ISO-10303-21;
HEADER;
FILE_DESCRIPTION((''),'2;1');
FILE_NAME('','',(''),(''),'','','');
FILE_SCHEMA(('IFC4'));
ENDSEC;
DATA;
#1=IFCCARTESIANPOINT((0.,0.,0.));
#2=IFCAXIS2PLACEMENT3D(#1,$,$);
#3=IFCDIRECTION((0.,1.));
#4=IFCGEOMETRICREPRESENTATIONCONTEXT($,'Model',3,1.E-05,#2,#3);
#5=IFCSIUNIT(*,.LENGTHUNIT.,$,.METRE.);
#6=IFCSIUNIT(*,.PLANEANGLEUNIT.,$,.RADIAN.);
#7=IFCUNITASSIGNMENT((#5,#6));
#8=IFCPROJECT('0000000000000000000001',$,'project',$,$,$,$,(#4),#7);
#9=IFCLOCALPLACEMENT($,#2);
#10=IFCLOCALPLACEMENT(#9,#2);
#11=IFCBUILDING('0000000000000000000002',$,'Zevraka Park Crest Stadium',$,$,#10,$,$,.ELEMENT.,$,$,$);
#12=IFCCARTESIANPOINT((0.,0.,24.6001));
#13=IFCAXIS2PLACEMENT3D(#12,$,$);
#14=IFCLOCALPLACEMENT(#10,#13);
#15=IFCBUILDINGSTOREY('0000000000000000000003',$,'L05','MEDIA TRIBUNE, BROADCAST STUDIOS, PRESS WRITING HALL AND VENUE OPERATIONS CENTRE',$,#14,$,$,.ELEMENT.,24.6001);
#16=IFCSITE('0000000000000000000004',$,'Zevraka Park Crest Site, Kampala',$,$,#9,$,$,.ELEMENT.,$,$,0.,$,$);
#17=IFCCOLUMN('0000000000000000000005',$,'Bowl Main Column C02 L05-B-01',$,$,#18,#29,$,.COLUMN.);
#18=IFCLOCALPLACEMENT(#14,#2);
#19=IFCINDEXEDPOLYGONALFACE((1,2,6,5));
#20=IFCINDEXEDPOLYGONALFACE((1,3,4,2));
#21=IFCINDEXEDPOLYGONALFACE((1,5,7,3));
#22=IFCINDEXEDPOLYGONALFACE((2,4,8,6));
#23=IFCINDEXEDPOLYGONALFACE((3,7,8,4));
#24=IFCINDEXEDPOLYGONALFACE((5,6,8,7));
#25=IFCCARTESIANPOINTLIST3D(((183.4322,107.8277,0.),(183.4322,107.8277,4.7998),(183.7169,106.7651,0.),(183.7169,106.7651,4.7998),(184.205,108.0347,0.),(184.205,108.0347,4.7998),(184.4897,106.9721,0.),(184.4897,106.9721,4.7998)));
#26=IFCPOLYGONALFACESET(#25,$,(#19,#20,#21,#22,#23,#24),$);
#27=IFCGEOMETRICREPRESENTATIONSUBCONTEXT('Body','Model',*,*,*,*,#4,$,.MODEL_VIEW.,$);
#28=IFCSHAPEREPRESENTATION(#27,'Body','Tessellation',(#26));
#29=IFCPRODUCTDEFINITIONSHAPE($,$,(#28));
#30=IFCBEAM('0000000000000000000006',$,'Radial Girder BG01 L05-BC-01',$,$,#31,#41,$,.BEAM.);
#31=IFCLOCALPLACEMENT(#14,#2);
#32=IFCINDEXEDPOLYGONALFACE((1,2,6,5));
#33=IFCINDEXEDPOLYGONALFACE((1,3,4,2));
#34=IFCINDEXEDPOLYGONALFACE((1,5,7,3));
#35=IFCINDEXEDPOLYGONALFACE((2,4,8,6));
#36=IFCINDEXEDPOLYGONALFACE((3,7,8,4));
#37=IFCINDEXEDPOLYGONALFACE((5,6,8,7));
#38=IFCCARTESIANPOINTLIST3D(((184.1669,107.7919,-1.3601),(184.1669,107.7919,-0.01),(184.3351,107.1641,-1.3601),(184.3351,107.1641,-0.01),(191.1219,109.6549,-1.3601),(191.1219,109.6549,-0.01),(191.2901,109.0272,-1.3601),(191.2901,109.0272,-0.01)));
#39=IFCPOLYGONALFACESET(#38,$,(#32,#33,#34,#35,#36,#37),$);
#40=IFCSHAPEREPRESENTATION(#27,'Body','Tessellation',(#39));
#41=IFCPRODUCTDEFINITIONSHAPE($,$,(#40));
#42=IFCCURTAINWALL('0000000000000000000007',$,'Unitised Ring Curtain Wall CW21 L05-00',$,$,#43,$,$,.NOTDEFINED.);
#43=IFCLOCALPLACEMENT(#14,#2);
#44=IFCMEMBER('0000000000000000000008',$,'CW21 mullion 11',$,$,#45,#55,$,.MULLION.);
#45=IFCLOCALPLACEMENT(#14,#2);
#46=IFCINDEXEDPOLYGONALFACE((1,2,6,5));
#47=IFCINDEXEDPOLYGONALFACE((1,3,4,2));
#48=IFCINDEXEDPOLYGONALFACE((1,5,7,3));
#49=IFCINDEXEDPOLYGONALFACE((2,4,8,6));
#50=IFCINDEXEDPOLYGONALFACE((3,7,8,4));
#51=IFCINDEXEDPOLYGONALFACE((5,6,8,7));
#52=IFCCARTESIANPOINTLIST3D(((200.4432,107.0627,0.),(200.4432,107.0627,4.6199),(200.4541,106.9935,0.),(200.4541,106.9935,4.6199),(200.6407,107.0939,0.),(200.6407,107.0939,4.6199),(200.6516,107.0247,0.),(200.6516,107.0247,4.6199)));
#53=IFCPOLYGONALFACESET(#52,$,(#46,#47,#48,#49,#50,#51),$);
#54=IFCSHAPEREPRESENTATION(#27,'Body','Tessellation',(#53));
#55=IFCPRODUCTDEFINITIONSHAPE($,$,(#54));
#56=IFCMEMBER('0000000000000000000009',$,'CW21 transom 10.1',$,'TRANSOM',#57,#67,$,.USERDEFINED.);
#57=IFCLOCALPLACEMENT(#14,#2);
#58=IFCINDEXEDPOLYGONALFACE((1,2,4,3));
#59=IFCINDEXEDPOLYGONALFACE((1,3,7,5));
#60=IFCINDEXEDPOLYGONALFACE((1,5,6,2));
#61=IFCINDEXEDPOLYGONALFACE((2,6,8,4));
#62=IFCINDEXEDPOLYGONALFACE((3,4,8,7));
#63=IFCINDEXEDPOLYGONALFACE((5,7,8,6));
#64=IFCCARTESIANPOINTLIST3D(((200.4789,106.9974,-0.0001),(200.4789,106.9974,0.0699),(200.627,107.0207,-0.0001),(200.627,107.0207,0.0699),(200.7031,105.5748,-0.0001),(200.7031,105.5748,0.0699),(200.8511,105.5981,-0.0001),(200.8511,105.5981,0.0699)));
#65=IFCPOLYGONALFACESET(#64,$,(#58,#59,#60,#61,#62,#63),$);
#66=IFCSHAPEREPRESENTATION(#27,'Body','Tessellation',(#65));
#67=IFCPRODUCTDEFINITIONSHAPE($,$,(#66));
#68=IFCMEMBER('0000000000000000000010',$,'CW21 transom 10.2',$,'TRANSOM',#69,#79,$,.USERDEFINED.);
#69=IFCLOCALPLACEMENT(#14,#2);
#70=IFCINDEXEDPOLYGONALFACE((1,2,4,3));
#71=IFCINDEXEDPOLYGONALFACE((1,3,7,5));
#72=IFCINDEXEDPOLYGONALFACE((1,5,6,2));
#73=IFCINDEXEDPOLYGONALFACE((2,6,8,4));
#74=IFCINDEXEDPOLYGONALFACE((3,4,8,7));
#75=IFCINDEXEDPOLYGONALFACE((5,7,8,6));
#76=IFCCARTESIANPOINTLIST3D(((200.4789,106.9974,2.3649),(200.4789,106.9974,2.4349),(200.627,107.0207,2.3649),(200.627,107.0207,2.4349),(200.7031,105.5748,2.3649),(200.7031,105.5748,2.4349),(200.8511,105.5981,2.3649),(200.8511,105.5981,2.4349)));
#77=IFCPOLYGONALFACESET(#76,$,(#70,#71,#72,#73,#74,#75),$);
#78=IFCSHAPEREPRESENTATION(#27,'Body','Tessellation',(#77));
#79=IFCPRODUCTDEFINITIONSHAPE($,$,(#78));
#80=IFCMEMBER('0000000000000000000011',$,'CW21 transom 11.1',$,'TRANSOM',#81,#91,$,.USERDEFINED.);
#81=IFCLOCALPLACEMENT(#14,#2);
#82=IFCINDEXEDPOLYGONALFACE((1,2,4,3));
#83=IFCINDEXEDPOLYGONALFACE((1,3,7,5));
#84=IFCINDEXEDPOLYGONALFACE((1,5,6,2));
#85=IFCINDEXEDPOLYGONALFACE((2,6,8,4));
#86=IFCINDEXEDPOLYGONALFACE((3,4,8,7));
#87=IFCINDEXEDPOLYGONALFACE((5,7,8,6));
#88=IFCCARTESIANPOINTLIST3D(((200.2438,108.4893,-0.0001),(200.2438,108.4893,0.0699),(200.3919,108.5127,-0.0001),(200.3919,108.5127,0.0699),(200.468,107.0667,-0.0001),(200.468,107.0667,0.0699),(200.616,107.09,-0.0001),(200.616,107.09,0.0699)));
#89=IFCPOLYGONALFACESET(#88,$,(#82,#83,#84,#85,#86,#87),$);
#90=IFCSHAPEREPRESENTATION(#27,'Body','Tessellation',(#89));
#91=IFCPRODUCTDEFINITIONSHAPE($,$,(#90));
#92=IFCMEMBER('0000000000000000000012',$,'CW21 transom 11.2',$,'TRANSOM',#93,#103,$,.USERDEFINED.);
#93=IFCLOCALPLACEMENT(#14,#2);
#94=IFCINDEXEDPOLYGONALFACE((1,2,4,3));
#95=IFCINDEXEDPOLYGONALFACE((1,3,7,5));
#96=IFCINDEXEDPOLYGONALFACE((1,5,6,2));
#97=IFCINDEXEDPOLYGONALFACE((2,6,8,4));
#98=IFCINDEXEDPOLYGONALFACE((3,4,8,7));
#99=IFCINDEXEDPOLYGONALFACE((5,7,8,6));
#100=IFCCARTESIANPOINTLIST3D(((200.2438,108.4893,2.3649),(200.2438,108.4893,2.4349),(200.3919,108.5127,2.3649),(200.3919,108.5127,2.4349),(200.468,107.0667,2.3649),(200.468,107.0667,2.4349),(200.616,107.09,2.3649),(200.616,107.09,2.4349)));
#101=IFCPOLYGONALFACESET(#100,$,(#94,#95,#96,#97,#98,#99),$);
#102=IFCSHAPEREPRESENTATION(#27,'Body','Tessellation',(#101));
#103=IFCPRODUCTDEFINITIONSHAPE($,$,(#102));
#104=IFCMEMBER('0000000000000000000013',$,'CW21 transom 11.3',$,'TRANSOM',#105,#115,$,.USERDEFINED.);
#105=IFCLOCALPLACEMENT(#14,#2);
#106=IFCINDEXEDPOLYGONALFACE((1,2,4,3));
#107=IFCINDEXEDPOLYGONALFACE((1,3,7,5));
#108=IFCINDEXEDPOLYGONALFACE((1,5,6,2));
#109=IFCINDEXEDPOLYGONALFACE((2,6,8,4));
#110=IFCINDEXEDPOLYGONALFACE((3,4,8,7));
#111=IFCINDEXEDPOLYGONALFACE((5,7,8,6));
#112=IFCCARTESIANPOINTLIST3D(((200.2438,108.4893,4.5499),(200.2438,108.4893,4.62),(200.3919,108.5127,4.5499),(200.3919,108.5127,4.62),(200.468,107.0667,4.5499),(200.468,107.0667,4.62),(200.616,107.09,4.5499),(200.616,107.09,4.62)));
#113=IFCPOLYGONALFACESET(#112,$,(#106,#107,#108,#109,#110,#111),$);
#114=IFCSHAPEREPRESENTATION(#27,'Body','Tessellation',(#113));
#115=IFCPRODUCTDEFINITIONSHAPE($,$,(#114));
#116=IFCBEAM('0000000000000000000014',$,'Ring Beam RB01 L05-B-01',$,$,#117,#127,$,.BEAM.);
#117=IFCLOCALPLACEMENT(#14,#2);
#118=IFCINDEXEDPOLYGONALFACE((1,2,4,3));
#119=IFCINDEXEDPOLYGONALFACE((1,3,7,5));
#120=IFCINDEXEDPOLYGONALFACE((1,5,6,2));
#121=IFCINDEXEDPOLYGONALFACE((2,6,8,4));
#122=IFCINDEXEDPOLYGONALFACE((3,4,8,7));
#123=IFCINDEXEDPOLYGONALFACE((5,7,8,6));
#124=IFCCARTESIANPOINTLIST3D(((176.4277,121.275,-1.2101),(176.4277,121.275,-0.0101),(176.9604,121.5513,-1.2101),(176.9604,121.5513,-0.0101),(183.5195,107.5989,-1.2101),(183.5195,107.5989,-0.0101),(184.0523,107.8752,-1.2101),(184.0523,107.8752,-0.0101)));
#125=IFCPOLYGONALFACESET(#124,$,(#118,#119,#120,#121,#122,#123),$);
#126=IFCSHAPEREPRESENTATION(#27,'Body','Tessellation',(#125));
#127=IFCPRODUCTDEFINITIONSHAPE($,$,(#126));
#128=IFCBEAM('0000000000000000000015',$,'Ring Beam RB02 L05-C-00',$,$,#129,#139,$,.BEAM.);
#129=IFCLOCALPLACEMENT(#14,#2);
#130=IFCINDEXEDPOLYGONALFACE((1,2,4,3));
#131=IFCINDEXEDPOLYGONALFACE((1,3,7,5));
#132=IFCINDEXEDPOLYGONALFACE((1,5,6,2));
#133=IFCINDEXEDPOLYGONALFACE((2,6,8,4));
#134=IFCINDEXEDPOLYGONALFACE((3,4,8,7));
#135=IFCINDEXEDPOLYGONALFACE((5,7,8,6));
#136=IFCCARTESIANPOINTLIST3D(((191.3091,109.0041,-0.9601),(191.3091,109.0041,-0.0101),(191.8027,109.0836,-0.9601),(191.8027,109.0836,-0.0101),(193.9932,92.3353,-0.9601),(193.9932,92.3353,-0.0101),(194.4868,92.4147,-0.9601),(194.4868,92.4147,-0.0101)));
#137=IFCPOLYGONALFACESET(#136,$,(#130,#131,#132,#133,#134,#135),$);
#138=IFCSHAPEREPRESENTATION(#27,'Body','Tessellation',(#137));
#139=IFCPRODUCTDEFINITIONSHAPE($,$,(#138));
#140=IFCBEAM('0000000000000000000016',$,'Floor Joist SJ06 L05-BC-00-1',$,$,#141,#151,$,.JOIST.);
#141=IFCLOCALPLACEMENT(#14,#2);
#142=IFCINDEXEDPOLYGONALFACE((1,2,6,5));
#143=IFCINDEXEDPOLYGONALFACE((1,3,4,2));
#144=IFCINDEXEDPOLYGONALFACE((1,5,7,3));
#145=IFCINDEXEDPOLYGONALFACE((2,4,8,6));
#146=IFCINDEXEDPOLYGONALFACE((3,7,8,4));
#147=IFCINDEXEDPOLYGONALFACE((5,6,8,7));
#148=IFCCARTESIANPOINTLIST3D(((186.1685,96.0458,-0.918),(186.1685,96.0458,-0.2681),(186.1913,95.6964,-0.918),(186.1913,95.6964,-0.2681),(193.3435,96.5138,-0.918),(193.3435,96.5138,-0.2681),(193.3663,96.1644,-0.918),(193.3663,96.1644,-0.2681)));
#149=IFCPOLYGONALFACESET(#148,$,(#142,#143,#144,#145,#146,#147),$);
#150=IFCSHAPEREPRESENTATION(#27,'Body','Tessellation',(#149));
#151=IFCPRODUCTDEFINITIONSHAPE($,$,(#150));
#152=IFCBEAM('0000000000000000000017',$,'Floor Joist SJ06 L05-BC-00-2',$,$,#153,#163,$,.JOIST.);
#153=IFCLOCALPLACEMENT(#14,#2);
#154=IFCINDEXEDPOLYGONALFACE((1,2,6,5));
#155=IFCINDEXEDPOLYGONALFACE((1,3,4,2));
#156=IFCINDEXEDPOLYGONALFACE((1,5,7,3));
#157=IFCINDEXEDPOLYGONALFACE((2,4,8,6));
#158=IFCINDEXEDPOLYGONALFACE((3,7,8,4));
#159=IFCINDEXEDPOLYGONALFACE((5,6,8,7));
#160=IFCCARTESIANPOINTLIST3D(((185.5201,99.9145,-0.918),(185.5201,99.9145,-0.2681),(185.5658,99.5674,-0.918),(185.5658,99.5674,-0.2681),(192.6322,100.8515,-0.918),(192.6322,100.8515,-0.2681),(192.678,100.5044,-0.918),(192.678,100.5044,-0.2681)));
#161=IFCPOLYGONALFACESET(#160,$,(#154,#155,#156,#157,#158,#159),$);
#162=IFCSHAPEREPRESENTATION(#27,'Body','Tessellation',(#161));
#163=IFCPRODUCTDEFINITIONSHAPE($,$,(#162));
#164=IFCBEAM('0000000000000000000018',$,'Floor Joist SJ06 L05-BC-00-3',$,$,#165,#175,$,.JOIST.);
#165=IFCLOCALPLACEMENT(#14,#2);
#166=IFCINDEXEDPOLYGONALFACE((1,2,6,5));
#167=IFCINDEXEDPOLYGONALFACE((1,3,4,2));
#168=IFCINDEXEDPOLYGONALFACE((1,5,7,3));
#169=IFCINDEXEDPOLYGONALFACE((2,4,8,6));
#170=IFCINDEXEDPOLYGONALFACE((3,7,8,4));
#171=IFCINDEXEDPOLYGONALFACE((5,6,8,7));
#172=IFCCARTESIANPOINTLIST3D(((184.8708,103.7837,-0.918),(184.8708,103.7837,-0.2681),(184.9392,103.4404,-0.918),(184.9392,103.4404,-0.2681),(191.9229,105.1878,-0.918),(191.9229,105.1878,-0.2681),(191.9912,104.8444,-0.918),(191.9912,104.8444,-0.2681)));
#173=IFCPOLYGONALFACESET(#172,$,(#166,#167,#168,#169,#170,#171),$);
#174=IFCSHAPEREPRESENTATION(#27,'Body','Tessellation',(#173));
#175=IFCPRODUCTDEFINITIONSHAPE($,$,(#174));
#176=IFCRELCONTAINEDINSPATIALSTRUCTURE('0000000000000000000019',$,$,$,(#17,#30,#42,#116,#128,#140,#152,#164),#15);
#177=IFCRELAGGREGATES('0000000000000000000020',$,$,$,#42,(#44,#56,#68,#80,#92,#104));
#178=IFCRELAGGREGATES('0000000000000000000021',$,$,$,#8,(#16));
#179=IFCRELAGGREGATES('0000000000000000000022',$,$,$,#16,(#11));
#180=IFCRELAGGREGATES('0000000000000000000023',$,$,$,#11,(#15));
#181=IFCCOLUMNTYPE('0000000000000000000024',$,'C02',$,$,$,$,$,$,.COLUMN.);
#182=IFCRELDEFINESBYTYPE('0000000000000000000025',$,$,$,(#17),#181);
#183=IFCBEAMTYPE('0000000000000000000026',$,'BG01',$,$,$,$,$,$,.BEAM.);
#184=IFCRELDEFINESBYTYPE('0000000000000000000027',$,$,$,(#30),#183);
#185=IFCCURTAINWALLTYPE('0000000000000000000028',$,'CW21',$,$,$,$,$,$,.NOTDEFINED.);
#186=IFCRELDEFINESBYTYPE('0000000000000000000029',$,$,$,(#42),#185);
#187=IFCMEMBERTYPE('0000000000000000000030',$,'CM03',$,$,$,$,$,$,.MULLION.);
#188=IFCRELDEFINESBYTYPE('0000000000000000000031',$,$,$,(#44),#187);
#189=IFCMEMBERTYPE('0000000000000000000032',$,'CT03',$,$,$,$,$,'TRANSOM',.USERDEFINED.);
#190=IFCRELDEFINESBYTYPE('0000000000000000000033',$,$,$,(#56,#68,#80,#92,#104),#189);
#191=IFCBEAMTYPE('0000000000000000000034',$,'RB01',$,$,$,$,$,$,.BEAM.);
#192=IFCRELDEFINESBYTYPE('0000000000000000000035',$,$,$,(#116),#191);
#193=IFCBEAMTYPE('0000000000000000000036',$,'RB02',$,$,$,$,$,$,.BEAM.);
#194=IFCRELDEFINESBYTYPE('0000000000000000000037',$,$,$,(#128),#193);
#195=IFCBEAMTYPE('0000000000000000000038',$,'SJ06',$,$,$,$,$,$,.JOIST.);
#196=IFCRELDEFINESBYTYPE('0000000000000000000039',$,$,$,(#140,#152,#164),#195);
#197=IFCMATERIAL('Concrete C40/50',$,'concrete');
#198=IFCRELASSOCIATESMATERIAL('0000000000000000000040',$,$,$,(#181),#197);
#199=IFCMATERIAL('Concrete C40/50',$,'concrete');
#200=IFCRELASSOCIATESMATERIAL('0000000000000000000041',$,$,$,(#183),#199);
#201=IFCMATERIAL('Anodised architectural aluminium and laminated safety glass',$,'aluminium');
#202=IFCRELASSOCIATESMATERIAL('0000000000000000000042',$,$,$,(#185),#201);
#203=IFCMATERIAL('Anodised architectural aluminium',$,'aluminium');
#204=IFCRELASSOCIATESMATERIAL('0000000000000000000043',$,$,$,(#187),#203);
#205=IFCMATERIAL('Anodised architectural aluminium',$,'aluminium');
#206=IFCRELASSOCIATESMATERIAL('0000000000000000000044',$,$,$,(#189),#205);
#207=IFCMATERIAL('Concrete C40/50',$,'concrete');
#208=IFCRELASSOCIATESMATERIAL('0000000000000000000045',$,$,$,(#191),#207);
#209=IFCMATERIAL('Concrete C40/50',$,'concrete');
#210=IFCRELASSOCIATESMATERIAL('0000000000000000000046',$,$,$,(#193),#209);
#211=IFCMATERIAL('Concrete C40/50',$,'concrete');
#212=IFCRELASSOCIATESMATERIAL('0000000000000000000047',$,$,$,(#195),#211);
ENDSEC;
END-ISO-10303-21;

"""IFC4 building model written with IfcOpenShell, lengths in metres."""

from ifc_helpers import new_model, si_unit, direction, frame, origin, origin_2d, place, context, subcontext, project, spatial, rectangle, extrude, material, material_profile, profile_set, type_object, element, aggregate, save


model = new_model("IFC4")

# Units and contexts
model_context = context("Model", 3, precision=1e-05, world=origin(), true_north=direction((0.0, 1.0)))
body_context = subcontext(model_context, "Body", "Model", "MODEL_VIEW")
ifc_project = project(units=[si_unit("LENGTHUNIT", "METRE"), si_unit("PLANEANGLEUNIT", "RADIAN")], contexts=[model_context])

# Site, building, storey
site_placement = place(None, origin())
site = spatial("IfcSite", under=ifc_project, at=site_placement, Name="Zevraka Park Crest Site, Kampala", CompositionType="ELEMENT", RefElevation=0.0)
building_placement = place(site_placement, origin())
building = spatial("IfcBuilding", under=site, at=building_placement, Name="Zevraka Park Crest Stadium", CompositionType="ELEMENT")
storey_placement = place(building_placement, frame((0.0, 0.0, 24.6001)))
storey = spatial("IfcBuildingStorey", under=building, at=storey_placement, Name="L05", Description="MEDIA TRIBUNE, BROADCAST STUDIOS, PRESS WRITING HALL AND VENUE OPERATIONS CENTRE", CompositionType="ELEMENT", Elevation=24.6001)

# Column
ifc_material_1 = material(Name="Concrete C40/50", Category="concrete")
ifc_material_profile_1 = material_profile(ifc_material_1, rectangle(XDim=0.8, YDim=1.1001, at=origin_2d()), Name="RC 1100x800")
ifc_profile_set_1 = profile_set([ifc_material_profile_1], Name="Concrete C40/50")
column_type = type_object("IfcColumnType", Name="C02", PredefinedType="COLUMN", material=ifc_profile_set_1)
column_placement = place(storey_placement, frame((183.9609, 107.3999, 0.0), z_axis=(0.0, 0.0, 1.0), x_axis=(0.965926, 0.258819, 0.0)))
element("IfcColumn", 1, at=column_placement, inside=storey, type_object=column_type, Name="Bowl Main Column C02 L05-B-01", PredefinedType="COLUMN", context=body_context, shape_type="SweptSolid", body=[
    extrude(rectangle(XDim=0.8, YDim=1.1001, at=origin_2d()), origin(), (0.0, 0.0, 1.0), 4.7998),
])

# Beam
ifc_material_2 = material(Name="Concrete C40/50", Category="concrete")
ifc_material_profile_2 = material_profile(ifc_material_2, rectangle(XDim=0.6499, YDim=1.3501, at=origin_2d()), Name="RC 1350x650")
ifc_profile_set_2 = profile_set([ifc_material_profile_2], Name="Concrete C40/50")
beam_type_1 = type_object("IfcBeamType", Name="BG01", PredefinedType="BEAM", material=ifc_profile_set_2)
beam_1_placement = place(storey_placement, frame((184.251, 107.478, -0.6851), z_axis=(0.965946, 0.258745, 0.0), x_axis=(-0.258745, 0.965946, 0.0)))
element("IfcBeam", 2, at=beam_1_placement, inside=storey, type_object=beam_type_1, Name="Radial Girder BG01 L05-BC-01", PredefinedType="BEAM", context=body_context, shape_type="SweptSolid", body=[
    extrude(rectangle(XDim=0.6499, YDim=1.3501, at=origin_2d()), origin(), (0.0, 0.0, 1.0), 7.2002),
])

# Curtain wall, members
ifc_material_3 = material(Name="Anodised architectural aluminium and laminated safety glass", Category="aluminium")
curtain_wall_type = type_object("IfcCurtainWallType", Name="CW21", PredefinedType="NOTDEFINED", material=ifc_material_3)
curtain_wall_placement = place(storey_placement, origin())
curtain_wall = element("IfcCurtainWall", 3, at=curtain_wall_placement, inside=storey, type_object=curtain_wall_type, Name="Unitised Ring Curtain Wall CW21 L05-00", PredefinedType="NOTDEFINED")
ifc_material_4 = material(Name="Anodised architectural aluminium", Category="aluminium")
ifc_material_profile_3 = material_profile(ifc_material_4, rectangle(XDim=0.2, YDim=0.0701, at=origin_2d()), Name="ALU MULLION 200x70")
ifc_profile_set_3 = profile_set([ifc_material_profile_3], Name="Anodised architectural aluminium")
member_type_1 = type_object("IfcMemberType", Name="CM03", PredefinedType="MULLION", material=ifc_profile_set_3)
member_1_placement = place(storey_placement, frame((200.5474, 107.0437, 0.0), z_axis=(0.0, 0.0, 1.0), x_axis=(-0.987803, -0.155711, 0.0)))
member_1 = element("IfcMember", 4, at=member_1_placement, type_object=member_type_1, Name="CW21 mullion 11", PredefinedType="MULLION", context=body_context, shape_type="SweptSolid", body=[
    extrude(rectangle(XDim=0.2, YDim=0.0701, at=origin_2d()), origin(), (0.0, 0.0, 1.0), 4.6199),
])
ifc_material_5 = material(Name="Anodised architectural aluminium", Category="aluminium")
ifc_material_profile_4 = material_profile(ifc_material_5, rectangle(XDim=0.1499, YDim=0.0701, at=origin_2d()), Name="ALU TRANSOM 150x70")
ifc_profile_set_4 = profile_set([ifc_material_profile_4], Name="Anodised architectural aluminium")
member_type_2 = type_object("IfcMemberType", Name="CT03", ElementType="TRANSOM", PredefinedType="USERDEFINED", material=ifc_profile_set_4)
member_2_placement = place(storey_placement, frame((200.7771, 105.5864, 0.0349), z_axis=(-0.155623, 0.987817, 0.0), x_axis=(-0.987817, -0.155623, 0.0)))
member_2 = element("IfcMember", 5, at=member_2_placement, type_object=member_type_2, Name="CW21 transom 10.1", ObjectType="TRANSOM", PredefinedType="USERDEFINED", context=body_context, shape_type="SweptSolid", body=[
    extrude(rectangle(XDim=0.1499, YDim=0.0701, at=origin_2d()), origin(), (0.0, 0.0, 1.0), 1.4402),
])
member_3_placement = place(storey_placement, frame((200.7771, 105.5864, 2.3999), z_axis=(-0.155623, 0.987817, 0.0), x_axis=(-0.987817, -0.155623, 0.0)))
member_3 = element("IfcMember", 6, at=member_3_placement, type_object=member_type_2, Name="CW21 transom 10.2", ObjectType="TRANSOM", PredefinedType="USERDEFINED", context=body_context, shape_type="SweptSolid", body=[
    extrude(rectangle(XDim=0.1499, YDim=0.0701, at=origin_2d()), origin(), (0.0, 0.0, 1.0), 1.4402),
])
member_4_placement = place(storey_placement, frame((200.542, 107.0784, 0.0349), z_axis=(-0.155623, 0.987817, 0.0), x_axis=(-0.987817, -0.155623, 0.0)))
member_4 = element("IfcMember", 7, at=member_4_placement, type_object=member_type_2, Name="CW21 transom 11.1", ObjectType="TRANSOM", PredefinedType="USERDEFINED", context=body_context, shape_type="SweptSolid", body=[
    extrude(rectangle(XDim=0.1499, YDim=0.0701, at=origin_2d()), origin(), (0.0, 0.0, 1.0), 1.4402),
])
member_5_placement = place(storey_placement, frame((200.542, 107.0784, 2.3999), z_axis=(-0.155623, 0.987817, 0.0), x_axis=(-0.987817, -0.155623, 0.0)))
member_5 = element("IfcMember", 8, at=member_5_placement, type_object=member_type_2, Name="CW21 transom 11.2", ObjectType="TRANSOM", PredefinedType="USERDEFINED", context=body_context, shape_type="SweptSolid", body=[
    extrude(rectangle(XDim=0.1499, YDim=0.0701, at=origin_2d()), origin(), (0.0, 0.0, 1.0), 1.4402),
])
member_6_placement = place(storey_placement, frame((200.542, 107.0784, 4.585), z_axis=(-0.155623, 0.987817, 0.0), x_axis=(-0.987817, -0.155623, 0.0)))
member_6 = element("IfcMember", 9, at=member_6_placement, type_object=member_type_2, Name="CW21 transom 11.3", ObjectType="TRANSOM", PredefinedType="USERDEFINED", context=body_context, shape_type="SweptSolid", body=[
    extrude(rectangle(XDim=0.1499, YDim=0.0701, at=origin_2d()), origin(), (0.0, 0.0, 1.0), 1.4402),
])

# Beams
ifc_material_6 = material(Name="Concrete C40/50", Category="concrete")
ifc_material_profile_5 = material_profile(ifc_material_6, rectangle(XDim=0.6001, YDim=1.2, at=origin_2d()), Name="RC 1200x600")
ifc_profile_set_5 = profile_set([ifc_material_profile_5], Name="Concrete C40/50")
beam_type_2 = type_object("IfcBeamType", Name="RB01", PredefinedType="BEAM", material=ifc_profile_set_5)
beam_2_placement = place(storey_placement, frame((183.7859, 107.7371, -0.6101), z_axis=(-0.460344, 0.887741, 0.0), x_axis=(-0.887741, -0.460344, 0.0)))
element("IfcBeam", 10, at=beam_2_placement, inside=storey, type_object=beam_type_2, Name="Ring Beam RB01 L05-B-01", PredefinedType="BEAM", context=body_context, shape_type="SweptSolid", body=[
    extrude(rectangle(XDim=0.6001, YDim=1.2, at=origin_2d()), origin(), (0.0, 0.0, 1.0), 15.4055),
])
ifc_material_7 = material(Name="Concrete C40/50", Category="concrete")
ifc_material_profile_6 = material_profile(ifc_material_7, rectangle(XDim=0.5, YDim=0.95, at=origin_2d()), Name="RC 950x500")
ifc_profile_set_6 = profile_set([ifc_material_profile_6], Name="Concrete C40/50")
beam_type_3 = type_object("IfcBeamType", Name="RB02", PredefinedType="BEAM", material=ifc_profile_set_6)
beam_3_placement = place(storey_placement, frame((194.24, 92.375, -0.4851), z_axis=(-0.158975, 0.987283, 0.0), x_axis=(-0.987283, -0.158975, 0.0)))
element("IfcBeam", 11, at=beam_3_placement, inside=storey, type_object=beam_type_3, Name="Ring Beam RB02 L05-C-00", PredefinedType="BEAM", context=body_context, shape_type="SweptSolid", body=[
    extrude(rectangle(XDim=0.5, YDim=0.95, at=origin_2d()), origin(), (0.0, 0.0, 1.0), 16.8835),
])
ifc_material_8 = material(Name="Concrete C40/50", Category="concrete")
ifc_material_profile_7 = material_profile(ifc_material_8, rectangle(XDim=0.3501, YDim=0.6499, at=origin_2d()), Name="RC 650x350")
ifc_profile_set_7 = profile_set([ifc_material_profile_7], Name="Concrete C40/50")
beam_type_4 = type_object("IfcBeamType", Name="SJ06", PredefinedType="JOIST", material=ifc_profile_set_7)
beam_4_placement = place(storey_placement, frame((186.1799, 95.8711, -0.593), z_axis=(0.997879, 0.06509, 0.0), x_axis=(-0.06509, 0.997879, 0.0)))
element("IfcBeam", 12, at=beam_4_placement, inside=storey, type_object=beam_type_4, Name="Floor Joist SJ06 L05-BC-00-1", PredefinedType="JOIST", context=body_context, shape_type="SweptSolid", body=[
    extrude(rectangle(XDim=0.3501, YDim=0.6499, at=origin_2d()), origin(), (0.0, 0.0, 1.0), 7.1902),
])
beam_5_placement = place(storey_placement, frame((185.543, 99.741, -0.593), z_axis=(0.991432, 0.130621, 0.0), x_axis=(-0.130621, 0.991432, 0.0)))
element("IfcBeam", 13, at=beam_5_placement, inside=storey, type_object=beam_type_4, Name="Floor Joist SJ06 L05-BC-00-2", PredefinedType="JOIST", context=body_context, shape_type="SweptSolid", body=[
    extrude(rectangle(XDim=0.3501, YDim=0.6499, at=origin_2d()), origin(), (0.0, 0.0, 1.0), 7.1736),
])
beam_6_placement = place(storey_placement, frame((184.905, 103.6121, -0.593), z_axis=(0.98075, 0.195267, 0.0), x_axis=(-0.195267, 0.98075, 0.0)))
element("IfcBeam", 14, at=beam_6_placement, inside=storey, type_object=beam_type_4, Name="Floor Joist SJ06 L05-BC-00-3", PredefinedType="JOIST", context=body_context, shape_type="SweptSolid", body=[
    extrude(rectangle(XDim=0.3501, YDim=0.6499, at=origin_2d()), origin(), (0.0, 0.0, 1.0), 7.1904),
])

aggregate(curtain_wall, [member_1, member_2, member_3, member_4, member_5, member_6])

save(model, "model.ifc")
